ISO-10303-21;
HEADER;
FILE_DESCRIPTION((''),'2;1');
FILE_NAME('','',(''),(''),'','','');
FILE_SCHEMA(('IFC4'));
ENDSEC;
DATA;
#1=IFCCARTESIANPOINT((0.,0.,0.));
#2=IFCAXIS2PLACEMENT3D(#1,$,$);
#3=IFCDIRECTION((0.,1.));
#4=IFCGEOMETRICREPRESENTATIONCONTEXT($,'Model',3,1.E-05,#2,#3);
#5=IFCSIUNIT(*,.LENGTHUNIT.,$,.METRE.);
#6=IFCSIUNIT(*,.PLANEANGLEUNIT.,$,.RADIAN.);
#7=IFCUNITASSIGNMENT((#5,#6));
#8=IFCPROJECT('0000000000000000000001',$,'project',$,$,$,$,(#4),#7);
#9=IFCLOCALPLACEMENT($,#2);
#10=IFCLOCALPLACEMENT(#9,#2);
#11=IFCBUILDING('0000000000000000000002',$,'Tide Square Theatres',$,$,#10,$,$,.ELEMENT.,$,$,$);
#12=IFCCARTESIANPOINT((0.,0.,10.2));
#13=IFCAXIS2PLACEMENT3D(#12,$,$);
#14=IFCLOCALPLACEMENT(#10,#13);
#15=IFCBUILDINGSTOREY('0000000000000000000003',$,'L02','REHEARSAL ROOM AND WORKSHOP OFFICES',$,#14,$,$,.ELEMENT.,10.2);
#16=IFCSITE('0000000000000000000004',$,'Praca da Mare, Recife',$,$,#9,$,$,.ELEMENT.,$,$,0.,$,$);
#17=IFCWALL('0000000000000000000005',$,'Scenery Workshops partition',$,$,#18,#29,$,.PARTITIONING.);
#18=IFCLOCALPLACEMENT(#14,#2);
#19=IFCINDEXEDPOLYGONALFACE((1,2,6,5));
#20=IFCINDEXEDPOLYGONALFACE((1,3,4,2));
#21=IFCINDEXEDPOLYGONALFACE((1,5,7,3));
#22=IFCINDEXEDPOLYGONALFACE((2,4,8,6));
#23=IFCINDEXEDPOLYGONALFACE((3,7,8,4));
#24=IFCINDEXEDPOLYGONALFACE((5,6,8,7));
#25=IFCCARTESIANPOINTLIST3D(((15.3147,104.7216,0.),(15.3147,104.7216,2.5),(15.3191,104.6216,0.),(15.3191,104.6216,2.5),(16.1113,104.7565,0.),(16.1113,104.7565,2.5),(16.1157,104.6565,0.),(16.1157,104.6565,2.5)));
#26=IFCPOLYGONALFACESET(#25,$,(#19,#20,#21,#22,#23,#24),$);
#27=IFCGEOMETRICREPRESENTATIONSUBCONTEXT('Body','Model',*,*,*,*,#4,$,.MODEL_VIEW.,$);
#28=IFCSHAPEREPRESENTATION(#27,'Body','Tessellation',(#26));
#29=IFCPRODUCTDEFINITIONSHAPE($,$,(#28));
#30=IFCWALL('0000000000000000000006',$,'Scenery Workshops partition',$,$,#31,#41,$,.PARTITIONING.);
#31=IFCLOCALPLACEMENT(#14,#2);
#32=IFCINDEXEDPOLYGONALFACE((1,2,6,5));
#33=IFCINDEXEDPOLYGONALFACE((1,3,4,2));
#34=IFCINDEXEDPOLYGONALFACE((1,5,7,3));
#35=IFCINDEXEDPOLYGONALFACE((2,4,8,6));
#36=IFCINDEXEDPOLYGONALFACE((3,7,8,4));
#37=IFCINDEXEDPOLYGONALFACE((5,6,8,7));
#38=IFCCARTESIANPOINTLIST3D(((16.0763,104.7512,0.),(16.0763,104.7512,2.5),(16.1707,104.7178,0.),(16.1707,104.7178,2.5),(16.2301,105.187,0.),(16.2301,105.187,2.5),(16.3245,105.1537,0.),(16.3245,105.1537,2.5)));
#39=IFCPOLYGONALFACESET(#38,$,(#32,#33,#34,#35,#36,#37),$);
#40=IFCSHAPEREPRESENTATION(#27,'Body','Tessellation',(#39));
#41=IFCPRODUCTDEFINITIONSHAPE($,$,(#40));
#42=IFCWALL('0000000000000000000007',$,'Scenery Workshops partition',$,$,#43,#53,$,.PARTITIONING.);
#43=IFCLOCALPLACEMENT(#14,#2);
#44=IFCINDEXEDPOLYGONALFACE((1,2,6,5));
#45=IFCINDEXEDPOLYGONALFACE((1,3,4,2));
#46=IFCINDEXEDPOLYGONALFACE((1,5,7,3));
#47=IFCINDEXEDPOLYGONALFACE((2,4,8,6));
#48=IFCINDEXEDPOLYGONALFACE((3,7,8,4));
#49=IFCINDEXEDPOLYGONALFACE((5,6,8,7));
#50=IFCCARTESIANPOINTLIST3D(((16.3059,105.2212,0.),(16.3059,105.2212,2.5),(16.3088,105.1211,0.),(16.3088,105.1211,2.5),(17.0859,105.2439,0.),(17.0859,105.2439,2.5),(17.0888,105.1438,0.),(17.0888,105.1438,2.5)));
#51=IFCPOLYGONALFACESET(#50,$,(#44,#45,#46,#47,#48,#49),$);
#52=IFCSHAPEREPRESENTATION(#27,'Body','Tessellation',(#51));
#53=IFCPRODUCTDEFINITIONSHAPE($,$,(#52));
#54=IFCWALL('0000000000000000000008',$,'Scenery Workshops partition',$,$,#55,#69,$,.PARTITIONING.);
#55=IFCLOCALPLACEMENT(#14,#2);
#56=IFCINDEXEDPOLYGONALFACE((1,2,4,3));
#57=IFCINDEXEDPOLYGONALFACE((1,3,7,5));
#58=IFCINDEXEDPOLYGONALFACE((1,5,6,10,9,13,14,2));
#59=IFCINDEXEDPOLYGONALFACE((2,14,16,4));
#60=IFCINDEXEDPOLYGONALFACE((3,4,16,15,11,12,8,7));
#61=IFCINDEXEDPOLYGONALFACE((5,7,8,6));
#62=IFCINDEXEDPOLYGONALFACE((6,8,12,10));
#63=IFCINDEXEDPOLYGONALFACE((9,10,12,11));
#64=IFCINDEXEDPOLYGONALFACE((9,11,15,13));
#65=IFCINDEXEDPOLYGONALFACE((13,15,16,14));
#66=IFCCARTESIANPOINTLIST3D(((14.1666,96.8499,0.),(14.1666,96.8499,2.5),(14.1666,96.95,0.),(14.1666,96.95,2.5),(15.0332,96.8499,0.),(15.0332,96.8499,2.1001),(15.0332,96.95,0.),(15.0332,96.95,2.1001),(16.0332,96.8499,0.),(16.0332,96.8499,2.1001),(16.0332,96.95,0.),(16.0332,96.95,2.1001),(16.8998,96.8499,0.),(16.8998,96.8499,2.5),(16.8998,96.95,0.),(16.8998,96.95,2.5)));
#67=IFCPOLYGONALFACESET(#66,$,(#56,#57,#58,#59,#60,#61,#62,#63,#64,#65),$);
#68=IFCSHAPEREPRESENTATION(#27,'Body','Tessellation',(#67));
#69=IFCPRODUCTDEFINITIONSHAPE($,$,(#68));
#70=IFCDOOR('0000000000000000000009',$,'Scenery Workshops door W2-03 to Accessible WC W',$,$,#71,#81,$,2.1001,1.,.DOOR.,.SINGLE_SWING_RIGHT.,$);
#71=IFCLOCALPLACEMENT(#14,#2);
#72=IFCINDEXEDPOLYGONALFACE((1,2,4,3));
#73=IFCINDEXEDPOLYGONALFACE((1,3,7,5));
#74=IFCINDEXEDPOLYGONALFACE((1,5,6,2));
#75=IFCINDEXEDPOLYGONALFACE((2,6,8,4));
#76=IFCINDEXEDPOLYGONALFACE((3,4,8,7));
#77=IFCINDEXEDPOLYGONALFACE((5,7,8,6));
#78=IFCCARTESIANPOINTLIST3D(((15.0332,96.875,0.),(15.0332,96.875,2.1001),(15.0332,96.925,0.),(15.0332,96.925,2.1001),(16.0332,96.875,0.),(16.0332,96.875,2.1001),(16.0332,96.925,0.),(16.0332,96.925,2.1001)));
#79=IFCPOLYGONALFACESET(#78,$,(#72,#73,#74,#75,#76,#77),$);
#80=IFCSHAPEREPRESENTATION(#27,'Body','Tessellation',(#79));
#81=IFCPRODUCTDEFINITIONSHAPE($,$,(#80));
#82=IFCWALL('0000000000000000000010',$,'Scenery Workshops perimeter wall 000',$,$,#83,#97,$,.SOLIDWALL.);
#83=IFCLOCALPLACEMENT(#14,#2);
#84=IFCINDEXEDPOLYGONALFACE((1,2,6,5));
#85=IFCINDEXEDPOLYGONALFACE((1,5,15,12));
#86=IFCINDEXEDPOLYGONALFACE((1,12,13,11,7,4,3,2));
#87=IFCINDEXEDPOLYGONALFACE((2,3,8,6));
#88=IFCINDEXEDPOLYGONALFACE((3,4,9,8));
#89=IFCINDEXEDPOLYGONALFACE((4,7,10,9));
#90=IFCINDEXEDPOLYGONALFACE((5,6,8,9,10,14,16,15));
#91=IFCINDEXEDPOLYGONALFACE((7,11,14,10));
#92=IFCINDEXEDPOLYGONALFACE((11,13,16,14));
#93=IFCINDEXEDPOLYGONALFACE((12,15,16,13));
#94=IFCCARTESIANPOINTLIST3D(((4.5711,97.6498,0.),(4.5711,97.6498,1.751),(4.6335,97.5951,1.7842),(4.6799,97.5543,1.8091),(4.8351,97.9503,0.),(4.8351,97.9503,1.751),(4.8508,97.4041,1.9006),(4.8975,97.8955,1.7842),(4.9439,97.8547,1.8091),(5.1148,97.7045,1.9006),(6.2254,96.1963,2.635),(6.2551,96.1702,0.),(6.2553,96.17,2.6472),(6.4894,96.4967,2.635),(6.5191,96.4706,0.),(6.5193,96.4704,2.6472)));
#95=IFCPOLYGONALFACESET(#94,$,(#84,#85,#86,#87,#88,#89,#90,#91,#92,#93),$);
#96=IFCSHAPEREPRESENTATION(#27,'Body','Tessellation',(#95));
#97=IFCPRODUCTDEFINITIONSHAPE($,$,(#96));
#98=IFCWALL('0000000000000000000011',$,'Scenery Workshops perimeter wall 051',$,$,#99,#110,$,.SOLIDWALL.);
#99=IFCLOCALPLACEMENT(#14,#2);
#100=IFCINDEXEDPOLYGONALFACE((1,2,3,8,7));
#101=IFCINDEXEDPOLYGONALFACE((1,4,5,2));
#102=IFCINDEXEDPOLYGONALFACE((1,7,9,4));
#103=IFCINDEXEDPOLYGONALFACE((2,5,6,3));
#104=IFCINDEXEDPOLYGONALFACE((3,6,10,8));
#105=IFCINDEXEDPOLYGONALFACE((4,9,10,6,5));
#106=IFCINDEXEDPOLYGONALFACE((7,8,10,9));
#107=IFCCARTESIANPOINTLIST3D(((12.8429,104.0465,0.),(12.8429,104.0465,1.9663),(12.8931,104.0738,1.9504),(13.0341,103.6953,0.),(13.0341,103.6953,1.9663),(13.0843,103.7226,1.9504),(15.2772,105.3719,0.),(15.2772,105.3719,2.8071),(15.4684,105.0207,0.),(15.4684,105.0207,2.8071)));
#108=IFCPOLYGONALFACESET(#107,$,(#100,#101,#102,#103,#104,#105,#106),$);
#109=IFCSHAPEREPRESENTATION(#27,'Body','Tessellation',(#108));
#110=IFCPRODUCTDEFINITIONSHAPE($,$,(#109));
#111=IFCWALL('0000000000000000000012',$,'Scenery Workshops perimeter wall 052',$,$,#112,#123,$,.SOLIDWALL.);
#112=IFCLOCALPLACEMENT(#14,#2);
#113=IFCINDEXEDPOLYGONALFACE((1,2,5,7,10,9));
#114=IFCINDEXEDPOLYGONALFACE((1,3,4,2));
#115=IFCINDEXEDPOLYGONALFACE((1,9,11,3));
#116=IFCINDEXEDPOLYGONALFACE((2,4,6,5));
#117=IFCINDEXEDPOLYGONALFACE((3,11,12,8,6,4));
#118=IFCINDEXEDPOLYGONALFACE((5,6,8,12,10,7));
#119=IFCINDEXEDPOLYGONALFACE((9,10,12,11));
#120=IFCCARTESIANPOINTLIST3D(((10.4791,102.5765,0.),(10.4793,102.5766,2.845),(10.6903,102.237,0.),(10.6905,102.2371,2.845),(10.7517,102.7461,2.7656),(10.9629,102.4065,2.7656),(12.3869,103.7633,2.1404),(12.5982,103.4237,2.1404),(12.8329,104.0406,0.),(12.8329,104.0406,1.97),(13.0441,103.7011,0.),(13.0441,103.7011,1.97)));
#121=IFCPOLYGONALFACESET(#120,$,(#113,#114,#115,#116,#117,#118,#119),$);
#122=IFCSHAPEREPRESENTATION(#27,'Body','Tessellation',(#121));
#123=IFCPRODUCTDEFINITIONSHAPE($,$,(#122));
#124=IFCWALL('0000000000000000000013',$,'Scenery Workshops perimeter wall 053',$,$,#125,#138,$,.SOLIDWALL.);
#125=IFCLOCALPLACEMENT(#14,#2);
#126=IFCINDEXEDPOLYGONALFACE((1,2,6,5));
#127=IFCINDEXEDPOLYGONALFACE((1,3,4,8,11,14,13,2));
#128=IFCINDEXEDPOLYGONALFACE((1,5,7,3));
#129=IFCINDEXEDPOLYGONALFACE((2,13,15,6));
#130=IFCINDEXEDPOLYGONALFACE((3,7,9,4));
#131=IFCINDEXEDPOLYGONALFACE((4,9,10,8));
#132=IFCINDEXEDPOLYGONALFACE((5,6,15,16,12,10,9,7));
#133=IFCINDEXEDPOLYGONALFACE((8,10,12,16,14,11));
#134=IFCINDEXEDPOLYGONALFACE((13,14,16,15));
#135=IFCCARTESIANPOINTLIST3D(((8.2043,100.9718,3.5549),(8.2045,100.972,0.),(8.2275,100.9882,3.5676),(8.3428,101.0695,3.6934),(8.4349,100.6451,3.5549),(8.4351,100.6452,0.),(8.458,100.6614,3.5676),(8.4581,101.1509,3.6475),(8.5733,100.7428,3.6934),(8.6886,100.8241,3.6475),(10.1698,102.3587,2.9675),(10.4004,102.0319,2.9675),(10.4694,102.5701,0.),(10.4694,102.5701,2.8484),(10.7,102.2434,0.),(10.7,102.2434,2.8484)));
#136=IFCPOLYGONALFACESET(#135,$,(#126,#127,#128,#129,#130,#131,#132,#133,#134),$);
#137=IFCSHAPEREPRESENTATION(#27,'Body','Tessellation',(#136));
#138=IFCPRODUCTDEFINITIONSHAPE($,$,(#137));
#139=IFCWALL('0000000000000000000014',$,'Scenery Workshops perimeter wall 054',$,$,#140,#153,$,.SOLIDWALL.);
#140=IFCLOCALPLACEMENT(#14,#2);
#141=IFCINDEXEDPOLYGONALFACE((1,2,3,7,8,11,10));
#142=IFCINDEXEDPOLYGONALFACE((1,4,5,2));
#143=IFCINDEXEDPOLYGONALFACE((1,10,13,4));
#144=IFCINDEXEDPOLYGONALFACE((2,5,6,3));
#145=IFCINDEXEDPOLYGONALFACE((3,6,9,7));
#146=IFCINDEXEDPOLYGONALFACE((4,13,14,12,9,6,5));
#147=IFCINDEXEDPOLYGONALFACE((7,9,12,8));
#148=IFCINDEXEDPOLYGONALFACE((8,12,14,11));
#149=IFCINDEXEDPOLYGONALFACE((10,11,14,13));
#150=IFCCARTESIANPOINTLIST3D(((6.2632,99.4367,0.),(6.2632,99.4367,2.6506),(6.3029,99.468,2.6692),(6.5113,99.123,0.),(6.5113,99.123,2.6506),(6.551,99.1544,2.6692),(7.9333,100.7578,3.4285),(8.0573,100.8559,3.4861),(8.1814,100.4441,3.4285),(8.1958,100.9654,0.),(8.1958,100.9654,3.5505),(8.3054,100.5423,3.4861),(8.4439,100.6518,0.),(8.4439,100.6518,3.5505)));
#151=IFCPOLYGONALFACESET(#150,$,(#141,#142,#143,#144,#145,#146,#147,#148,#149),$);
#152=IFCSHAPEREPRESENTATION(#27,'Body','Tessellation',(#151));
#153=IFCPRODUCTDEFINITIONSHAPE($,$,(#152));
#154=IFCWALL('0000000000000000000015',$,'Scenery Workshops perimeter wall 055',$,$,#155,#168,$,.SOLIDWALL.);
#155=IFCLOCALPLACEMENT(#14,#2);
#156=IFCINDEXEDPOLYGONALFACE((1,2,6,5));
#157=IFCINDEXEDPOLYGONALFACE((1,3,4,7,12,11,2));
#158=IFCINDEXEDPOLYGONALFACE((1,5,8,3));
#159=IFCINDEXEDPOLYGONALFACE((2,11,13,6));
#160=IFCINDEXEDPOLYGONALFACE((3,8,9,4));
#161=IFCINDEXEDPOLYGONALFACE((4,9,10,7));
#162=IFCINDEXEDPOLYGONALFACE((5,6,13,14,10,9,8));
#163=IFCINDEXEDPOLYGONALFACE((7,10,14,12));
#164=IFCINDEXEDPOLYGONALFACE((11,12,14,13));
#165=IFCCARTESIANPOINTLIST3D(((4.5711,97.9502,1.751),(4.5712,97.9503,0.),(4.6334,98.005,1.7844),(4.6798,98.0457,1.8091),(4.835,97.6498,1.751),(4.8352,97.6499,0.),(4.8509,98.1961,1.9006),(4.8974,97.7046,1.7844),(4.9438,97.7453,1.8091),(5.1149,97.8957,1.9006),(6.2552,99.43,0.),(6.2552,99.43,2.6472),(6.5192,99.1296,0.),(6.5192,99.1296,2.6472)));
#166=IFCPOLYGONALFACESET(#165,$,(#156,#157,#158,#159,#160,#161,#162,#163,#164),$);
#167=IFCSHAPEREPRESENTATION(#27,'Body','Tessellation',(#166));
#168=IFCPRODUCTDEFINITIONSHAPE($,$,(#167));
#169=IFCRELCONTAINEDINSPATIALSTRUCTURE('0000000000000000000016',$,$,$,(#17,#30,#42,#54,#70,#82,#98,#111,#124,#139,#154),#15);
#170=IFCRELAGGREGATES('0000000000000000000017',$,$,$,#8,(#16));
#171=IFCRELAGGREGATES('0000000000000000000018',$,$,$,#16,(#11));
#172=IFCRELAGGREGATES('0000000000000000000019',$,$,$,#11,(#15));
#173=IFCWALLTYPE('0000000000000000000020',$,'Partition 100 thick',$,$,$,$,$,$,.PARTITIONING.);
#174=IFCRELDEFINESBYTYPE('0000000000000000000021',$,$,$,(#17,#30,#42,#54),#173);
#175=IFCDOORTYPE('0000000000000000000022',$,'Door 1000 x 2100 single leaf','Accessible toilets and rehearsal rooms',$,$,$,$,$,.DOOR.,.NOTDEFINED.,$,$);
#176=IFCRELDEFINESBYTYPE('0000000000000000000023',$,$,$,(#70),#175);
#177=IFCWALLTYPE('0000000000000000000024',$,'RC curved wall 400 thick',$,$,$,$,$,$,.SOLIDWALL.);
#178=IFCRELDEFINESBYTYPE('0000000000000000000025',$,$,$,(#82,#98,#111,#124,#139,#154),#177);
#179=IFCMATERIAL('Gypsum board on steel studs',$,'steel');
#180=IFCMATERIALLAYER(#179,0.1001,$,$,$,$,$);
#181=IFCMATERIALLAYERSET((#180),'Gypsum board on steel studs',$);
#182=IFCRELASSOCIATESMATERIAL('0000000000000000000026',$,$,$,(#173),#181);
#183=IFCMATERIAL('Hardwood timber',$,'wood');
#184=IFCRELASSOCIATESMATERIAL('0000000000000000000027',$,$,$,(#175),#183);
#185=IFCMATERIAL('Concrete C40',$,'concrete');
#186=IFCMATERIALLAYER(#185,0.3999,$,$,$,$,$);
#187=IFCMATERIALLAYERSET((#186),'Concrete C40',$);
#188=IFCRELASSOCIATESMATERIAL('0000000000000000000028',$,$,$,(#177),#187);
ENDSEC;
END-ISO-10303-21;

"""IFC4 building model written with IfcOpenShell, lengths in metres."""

from ifc_helpers import new_model, si_unit, direction, frame, frame_2d, origin, place, context, subcontext, project, spatial, polyline, rectangle, outline, extrude, material, layer, layer_set, type_object, element, fill, save


model = new_model("IFC4")

# Units and contexts
model_context = context("Model", 3, precision=1e-05, world=origin(), true_north=direction((0.0, 1.0)))
body_context = subcontext(model_context, "Body", "Model", "MODEL_VIEW")
ifc_project = project(units=[si_unit("LENGTHUNIT", "METRE"), si_unit("PLANEANGLEUNIT", "RADIAN")], contexts=[model_context])

# Site, building, storey
site_placement = place(None, origin())
site = spatial("IfcSite", under=ifc_project, at=site_placement, Name="Praca da Mare, Recife", CompositionType="ELEMENT", RefElevation=0.0)
building_placement = place(site_placement, origin())
building = spatial("IfcBuilding", under=site, at=building_placement, Name="Tide Square Theatres", CompositionType="ELEMENT")
storey_placement = place(building_placement, frame((0.0, 0.0, 10.2)))
storey = spatial("IfcBuildingStorey", under=building, at=storey_placement, Name="L02", Description="REHEARSAL ROOM AND WORKSHOP OFFICES", CompositionType="ELEMENT", Elevation=10.2)

# Walls
ifc_material_1 = material(Name="Gypsum board on steel studs", Category="steel")
ifc_layer_1 = layer(ifc_material_1, 0.1001)
ifc_layer_set_1 = layer_set([ifc_layer_1], Name="Gypsum board on steel studs")
wall_type_1 = type_object("IfcWallType", Name="Partition 100 thick", PredefinedType="PARTITIONING", material=ifc_layer_set_1)
wall_1_placement = place(storey_placement, frame((15.3169, 104.6716, 0.0), z_axis=(0.0, 0.0, 1.0), x_axis=(0.999041, 0.043783, 0.0)))
element("IfcWall", 1, at=wall_1_placement, inside=storey, type_object=wall_type_1, Name="Scenery Workshops partition", PredefinedType="PARTITIONING", context=body_context, shape_type="SweptSolid", body=[
    extrude(rectangle(XDim=0.7974, YDim=0.1001, at=frame_2d((0.3987, 0.0))), origin(), (0.0, 0.0, 1.0), 2.5),
])
wall_2_placement = place(storey_placement, frame((16.1235, 104.7346, 0.0), z_axis=(0.0, 0.0, 1.0), x_axis=(0.33282, 0.94299, 0.0)))
element("IfcWall", 2, at=wall_2_placement, inside=storey, type_object=wall_type_1, Name="Scenery Workshops partition", PredefinedType="PARTITIONING", context=body_context, shape_type="SweptSolid", body=[
    extrude(rectangle(XDim=0.4622, YDim=0.1001, at=frame_2d((0.231, 0.0))), origin(), (0.0, 0.0, 1.0), 2.5),
])
wall_3_placement = place(storey_placement, frame((16.3074, 105.1711, 0.0), z_axis=(0.0, 0.0, 1.0), x_axis=(0.999577, 0.029096, 0.0)))
element("IfcWall", 3, at=wall_3_placement, inside=storey, type_object=wall_type_1, Name="Scenery Workshops partition", PredefinedType="PARTITIONING", context=body_context, shape_type="SweptSolid", body=[
    extrude(rectangle(XDim=0.7803, YDim=0.1001, at=frame_2d((0.3901, 0.0))), origin(), (0.0, 0.0, 1.0), 2.5),
])

# Wall, opening, door
wall_4_placement = place(storey_placement, frame((16.8999, 96.8999, 0.0), z_axis=(0.0, 0.0, 1.0), x_axis=(-1.0, 0.0, 0.0)))
wall_4 = element("IfcWall", 4, at=wall_4_placement, inside=storey, type_object=wall_type_1, Name="Scenery Workshops partition", PredefinedType="PARTITIONING", context=body_context, shape_type="SweptSolid", body=[
    extrude(rectangle(XDim=2.7332, YDim=0.1001, at=frame_2d((1.3667, 0.0))), origin(), (0.0, 0.0, 1.0), 2.5),
])
opening_1_placement = place(wall_4_placement, frame((0.8667, 0.0, 0.0)))
opening_1 = element("IfcOpeningElement", 5, at=opening_1_placement, cuts=wall_4, PredefinedType="OPENING", context=body_context, shape_type="SweptSolid", body=[
    extrude(rectangle(XDim=1.0, YDim=2.1001, at=frame_2d((0.5, 1.05))), frame((0.0, 0.0601, 0.0), z_axis=(0.0, -1.0, 0.0), x_axis=(1.0, 0.0, 0.0)), (0.0, 0.0, 1.0), 0.1201),
])
ifc_material_2 = material(Name="Hardwood timber", Category="wood")
door_type_1 = type_object("IfcDoorType", Name="Door 1000 x 2100 single leaf", Description="Accessible toilets and rehearsal rooms", OperationType="NOTDEFINED", PredefinedType="DOOR", material=ifc_material_2)
door_1_placement = place(opening_1_placement, origin())
door_1 = element("IfcDoor", 6, at=door_1_placement, inside=storey, type_object=door_type_1, Name="Scenery Workshops door W2-03 to Accessible WC W", OperationType="SINGLE_SWING_RIGHT", OverallHeight=2.1001, OverallWidth=1.0, PredefinedType="DOOR", context=body_context, shape_type="SweptSolid", body=[
    extrude(rectangle(XDim=1.0, YDim=2.1001, at=frame_2d((0.5, 1.05))), frame((0.0, 0.0249, 0.0), z_axis=(0.0, -1.0, 0.0), x_axis=(1.0, 0.0, 0.0)), (0.0, 0.0, 1.0), 0.05),
])
fill(opening_1, door_1)

# Walls
ifc_material_3 = material(Name="Concrete C40", Category="concrete")
ifc_layer_2 = layer(ifc_material_3, 0.3999)
ifc_layer_set_2 = layer_set([ifc_layer_2], Name="Concrete C40")
wall_type_2 = type_object("IfcWallType", Name="RC curved wall 400 thick", PredefinedType="SOLIDWALL", material=ifc_layer_set_2)
wall_5_placement = place(storey_placement, frame((4.7031, 97.8, 0.0), z_axis=(0.0, 0.0, 1.0), x_axis=(0.751212, -0.660061, 0.0)))
element("IfcWall", 7, at=wall_5_placement, inside=storey, type_object=wall_type_2, Name="Scenery Workshops perimeter wall 000", PredefinedType="SOLIDWALL", context=body_context, shape_type="SweptSolid", body=[
    extrude(outline(polyline([(0.0, 0.0), (2.2417, 0.0), (2.2419, 2.6472), (2.2021, 2.635), (0.3723, 1.9006), (0.1448, 1.8091), (0.083, 1.7842), (0.0, 1.751), (0.0, 0.0)])), frame((0.0, 0.2, 0.0), z_axis=(0.0, -1.0, 0.0), x_axis=(1.0, 0.0, 0.0)), (0.0, 0.0, 1.0), 0.3999),
])
wall_6_placement = place(storey_placement, frame((15.3728, 105.1963, 0.0), z_axis=(0.0, 0.0, 1.0), x_axis=(-0.878256, -0.478192, 0.0)))
element("IfcWall", 8, at=wall_6_placement, inside=storey, type_object=wall_type_2, Name="Scenery Workshops perimeter wall 051", PredefinedType="SOLIDWALL", context=body_context, shape_type="SweptSolid", body=[
    extrude(outline(polyline([(0.0, 0.0), (2.7717, 0.0), (2.7717, 1.9663), (2.7146, 1.9504), (0.0, 2.8071), (0.0, 0.0)])), frame((0.0, 0.2, 0.0), z_axis=(0.0, -1.0, 0.0), x_axis=(1.0, 0.0, 0.0)), (0.0, 0.0, 1.0), 0.3999),
])
wall_7_placement = place(storey_placement, frame((12.9385, 103.8708, 0.0), z_axis=(0.0, 0.0, 1.0), x_axis=(-0.849129, -0.528185, 0.0)))
element("IfcWall", 9, at=wall_7_placement, inside=storey, type_object=wall_type_2, Name="Scenery Workshops perimeter wall 052", PredefinedType="SOLIDWALL", context=body_context, shape_type="SweptSolid", body=[
    extrude(outline(polyline([(0.0, 0.0), (2.772, 0.0), (2.7717, 2.845), (2.4509, 2.7656), (0.5251, 2.1404), (0.0, 1.97), (0.0, 0.0)])), frame((0.0, 0.2, 0.0), z_axis=(0.0, -1.0, 0.0), x_axis=(1.0, 0.0, 0.0)), (0.0, 0.0, 1.0), 0.3999),
])
wall_8_placement = place(storey_placement, frame((10.5847, 102.4067, 0.0), z_axis=(0.0, 0.0, 1.0), x_axis=(-0.81707, -0.576538, 0.0)))
element("IfcWall", 10, at=wall_8_placement, inside=storey, type_object=wall_type_2, Name="Scenery Workshops perimeter wall 053", PredefinedType="SOLIDWALL", context=body_context, shape_type="SweptSolid", body=[
    extrude(outline(polyline([(0.0, 0.0), (2.772, 0.0), (2.7722, 3.5549), (2.7439, 3.5676), (2.6028, 3.6934), (2.4617, 3.6475), (0.3667, 2.9675), (0.0, 2.8484), (0.0, 0.0)])), frame((0.0, 0.2, 0.0), z_axis=(0.0, -1.0, 0.0), x_axis=(1.0, 0.0, 0.0)), (0.0, 0.0, 1.0), 0.3999),
])
wall_9_placement = place(storey_placement, frame((8.3198, 100.8086, 0.0), z_axis=(0.0, 0.0, 1.0), x_axis=(-0.784279, -0.620409, 0.0)))
element("IfcWall", 11, at=wall_9_placement, inside=storey, type_object=wall_type_2, Name="Scenery Workshops perimeter wall 054", PredefinedType="SOLIDWALL", context=body_context, shape_type="SweptSolid", body=[
    extrude(outline(polyline([(0.0, 0.0), (2.4641, 0.0), (2.4641, 2.6506), (2.4136, 2.6692), (0.3347, 3.4285), (0.1765, 3.4861), (0.0, 3.5505), (0.0, 0.0)])), frame((0.0, 0.2, 0.0), z_axis=(0.0, -1.0, 0.0), x_axis=(1.0, 0.0, 0.0)), (0.0, 0.0, 1.0), 0.3999),
])
wall_10_placement = place(storey_placement, frame((6.3872, 99.2798, 0.0), z_axis=(0.0, 0.0, 1.0), x_axis=(-0.751212, -0.660061, 0.0)))
element("IfcWall", 12, at=wall_10_placement, inside=storey, type_object=wall_type_2, Name="Scenery Workshops perimeter wall 055", PredefinedType="SOLIDWALL", context=body_context, shape_type="SweptSolid", body=[
    extrude(outline(polyline([(0.0, 0.0), (2.2417, 0.0), (2.2419, 1.751), (2.1589, 1.7844), (2.0972, 1.8091), (1.8694, 1.9006), (0.0, 2.6472), (0.0, 0.0)])), frame((0.0, 0.2, 0.0), z_axis=(0.0, -1.0, 0.0), x_axis=(1.0, 0.0, 0.0)), (0.0, 0.0, 1.0), 0.3999),
])

save(model, "model.ifc")
